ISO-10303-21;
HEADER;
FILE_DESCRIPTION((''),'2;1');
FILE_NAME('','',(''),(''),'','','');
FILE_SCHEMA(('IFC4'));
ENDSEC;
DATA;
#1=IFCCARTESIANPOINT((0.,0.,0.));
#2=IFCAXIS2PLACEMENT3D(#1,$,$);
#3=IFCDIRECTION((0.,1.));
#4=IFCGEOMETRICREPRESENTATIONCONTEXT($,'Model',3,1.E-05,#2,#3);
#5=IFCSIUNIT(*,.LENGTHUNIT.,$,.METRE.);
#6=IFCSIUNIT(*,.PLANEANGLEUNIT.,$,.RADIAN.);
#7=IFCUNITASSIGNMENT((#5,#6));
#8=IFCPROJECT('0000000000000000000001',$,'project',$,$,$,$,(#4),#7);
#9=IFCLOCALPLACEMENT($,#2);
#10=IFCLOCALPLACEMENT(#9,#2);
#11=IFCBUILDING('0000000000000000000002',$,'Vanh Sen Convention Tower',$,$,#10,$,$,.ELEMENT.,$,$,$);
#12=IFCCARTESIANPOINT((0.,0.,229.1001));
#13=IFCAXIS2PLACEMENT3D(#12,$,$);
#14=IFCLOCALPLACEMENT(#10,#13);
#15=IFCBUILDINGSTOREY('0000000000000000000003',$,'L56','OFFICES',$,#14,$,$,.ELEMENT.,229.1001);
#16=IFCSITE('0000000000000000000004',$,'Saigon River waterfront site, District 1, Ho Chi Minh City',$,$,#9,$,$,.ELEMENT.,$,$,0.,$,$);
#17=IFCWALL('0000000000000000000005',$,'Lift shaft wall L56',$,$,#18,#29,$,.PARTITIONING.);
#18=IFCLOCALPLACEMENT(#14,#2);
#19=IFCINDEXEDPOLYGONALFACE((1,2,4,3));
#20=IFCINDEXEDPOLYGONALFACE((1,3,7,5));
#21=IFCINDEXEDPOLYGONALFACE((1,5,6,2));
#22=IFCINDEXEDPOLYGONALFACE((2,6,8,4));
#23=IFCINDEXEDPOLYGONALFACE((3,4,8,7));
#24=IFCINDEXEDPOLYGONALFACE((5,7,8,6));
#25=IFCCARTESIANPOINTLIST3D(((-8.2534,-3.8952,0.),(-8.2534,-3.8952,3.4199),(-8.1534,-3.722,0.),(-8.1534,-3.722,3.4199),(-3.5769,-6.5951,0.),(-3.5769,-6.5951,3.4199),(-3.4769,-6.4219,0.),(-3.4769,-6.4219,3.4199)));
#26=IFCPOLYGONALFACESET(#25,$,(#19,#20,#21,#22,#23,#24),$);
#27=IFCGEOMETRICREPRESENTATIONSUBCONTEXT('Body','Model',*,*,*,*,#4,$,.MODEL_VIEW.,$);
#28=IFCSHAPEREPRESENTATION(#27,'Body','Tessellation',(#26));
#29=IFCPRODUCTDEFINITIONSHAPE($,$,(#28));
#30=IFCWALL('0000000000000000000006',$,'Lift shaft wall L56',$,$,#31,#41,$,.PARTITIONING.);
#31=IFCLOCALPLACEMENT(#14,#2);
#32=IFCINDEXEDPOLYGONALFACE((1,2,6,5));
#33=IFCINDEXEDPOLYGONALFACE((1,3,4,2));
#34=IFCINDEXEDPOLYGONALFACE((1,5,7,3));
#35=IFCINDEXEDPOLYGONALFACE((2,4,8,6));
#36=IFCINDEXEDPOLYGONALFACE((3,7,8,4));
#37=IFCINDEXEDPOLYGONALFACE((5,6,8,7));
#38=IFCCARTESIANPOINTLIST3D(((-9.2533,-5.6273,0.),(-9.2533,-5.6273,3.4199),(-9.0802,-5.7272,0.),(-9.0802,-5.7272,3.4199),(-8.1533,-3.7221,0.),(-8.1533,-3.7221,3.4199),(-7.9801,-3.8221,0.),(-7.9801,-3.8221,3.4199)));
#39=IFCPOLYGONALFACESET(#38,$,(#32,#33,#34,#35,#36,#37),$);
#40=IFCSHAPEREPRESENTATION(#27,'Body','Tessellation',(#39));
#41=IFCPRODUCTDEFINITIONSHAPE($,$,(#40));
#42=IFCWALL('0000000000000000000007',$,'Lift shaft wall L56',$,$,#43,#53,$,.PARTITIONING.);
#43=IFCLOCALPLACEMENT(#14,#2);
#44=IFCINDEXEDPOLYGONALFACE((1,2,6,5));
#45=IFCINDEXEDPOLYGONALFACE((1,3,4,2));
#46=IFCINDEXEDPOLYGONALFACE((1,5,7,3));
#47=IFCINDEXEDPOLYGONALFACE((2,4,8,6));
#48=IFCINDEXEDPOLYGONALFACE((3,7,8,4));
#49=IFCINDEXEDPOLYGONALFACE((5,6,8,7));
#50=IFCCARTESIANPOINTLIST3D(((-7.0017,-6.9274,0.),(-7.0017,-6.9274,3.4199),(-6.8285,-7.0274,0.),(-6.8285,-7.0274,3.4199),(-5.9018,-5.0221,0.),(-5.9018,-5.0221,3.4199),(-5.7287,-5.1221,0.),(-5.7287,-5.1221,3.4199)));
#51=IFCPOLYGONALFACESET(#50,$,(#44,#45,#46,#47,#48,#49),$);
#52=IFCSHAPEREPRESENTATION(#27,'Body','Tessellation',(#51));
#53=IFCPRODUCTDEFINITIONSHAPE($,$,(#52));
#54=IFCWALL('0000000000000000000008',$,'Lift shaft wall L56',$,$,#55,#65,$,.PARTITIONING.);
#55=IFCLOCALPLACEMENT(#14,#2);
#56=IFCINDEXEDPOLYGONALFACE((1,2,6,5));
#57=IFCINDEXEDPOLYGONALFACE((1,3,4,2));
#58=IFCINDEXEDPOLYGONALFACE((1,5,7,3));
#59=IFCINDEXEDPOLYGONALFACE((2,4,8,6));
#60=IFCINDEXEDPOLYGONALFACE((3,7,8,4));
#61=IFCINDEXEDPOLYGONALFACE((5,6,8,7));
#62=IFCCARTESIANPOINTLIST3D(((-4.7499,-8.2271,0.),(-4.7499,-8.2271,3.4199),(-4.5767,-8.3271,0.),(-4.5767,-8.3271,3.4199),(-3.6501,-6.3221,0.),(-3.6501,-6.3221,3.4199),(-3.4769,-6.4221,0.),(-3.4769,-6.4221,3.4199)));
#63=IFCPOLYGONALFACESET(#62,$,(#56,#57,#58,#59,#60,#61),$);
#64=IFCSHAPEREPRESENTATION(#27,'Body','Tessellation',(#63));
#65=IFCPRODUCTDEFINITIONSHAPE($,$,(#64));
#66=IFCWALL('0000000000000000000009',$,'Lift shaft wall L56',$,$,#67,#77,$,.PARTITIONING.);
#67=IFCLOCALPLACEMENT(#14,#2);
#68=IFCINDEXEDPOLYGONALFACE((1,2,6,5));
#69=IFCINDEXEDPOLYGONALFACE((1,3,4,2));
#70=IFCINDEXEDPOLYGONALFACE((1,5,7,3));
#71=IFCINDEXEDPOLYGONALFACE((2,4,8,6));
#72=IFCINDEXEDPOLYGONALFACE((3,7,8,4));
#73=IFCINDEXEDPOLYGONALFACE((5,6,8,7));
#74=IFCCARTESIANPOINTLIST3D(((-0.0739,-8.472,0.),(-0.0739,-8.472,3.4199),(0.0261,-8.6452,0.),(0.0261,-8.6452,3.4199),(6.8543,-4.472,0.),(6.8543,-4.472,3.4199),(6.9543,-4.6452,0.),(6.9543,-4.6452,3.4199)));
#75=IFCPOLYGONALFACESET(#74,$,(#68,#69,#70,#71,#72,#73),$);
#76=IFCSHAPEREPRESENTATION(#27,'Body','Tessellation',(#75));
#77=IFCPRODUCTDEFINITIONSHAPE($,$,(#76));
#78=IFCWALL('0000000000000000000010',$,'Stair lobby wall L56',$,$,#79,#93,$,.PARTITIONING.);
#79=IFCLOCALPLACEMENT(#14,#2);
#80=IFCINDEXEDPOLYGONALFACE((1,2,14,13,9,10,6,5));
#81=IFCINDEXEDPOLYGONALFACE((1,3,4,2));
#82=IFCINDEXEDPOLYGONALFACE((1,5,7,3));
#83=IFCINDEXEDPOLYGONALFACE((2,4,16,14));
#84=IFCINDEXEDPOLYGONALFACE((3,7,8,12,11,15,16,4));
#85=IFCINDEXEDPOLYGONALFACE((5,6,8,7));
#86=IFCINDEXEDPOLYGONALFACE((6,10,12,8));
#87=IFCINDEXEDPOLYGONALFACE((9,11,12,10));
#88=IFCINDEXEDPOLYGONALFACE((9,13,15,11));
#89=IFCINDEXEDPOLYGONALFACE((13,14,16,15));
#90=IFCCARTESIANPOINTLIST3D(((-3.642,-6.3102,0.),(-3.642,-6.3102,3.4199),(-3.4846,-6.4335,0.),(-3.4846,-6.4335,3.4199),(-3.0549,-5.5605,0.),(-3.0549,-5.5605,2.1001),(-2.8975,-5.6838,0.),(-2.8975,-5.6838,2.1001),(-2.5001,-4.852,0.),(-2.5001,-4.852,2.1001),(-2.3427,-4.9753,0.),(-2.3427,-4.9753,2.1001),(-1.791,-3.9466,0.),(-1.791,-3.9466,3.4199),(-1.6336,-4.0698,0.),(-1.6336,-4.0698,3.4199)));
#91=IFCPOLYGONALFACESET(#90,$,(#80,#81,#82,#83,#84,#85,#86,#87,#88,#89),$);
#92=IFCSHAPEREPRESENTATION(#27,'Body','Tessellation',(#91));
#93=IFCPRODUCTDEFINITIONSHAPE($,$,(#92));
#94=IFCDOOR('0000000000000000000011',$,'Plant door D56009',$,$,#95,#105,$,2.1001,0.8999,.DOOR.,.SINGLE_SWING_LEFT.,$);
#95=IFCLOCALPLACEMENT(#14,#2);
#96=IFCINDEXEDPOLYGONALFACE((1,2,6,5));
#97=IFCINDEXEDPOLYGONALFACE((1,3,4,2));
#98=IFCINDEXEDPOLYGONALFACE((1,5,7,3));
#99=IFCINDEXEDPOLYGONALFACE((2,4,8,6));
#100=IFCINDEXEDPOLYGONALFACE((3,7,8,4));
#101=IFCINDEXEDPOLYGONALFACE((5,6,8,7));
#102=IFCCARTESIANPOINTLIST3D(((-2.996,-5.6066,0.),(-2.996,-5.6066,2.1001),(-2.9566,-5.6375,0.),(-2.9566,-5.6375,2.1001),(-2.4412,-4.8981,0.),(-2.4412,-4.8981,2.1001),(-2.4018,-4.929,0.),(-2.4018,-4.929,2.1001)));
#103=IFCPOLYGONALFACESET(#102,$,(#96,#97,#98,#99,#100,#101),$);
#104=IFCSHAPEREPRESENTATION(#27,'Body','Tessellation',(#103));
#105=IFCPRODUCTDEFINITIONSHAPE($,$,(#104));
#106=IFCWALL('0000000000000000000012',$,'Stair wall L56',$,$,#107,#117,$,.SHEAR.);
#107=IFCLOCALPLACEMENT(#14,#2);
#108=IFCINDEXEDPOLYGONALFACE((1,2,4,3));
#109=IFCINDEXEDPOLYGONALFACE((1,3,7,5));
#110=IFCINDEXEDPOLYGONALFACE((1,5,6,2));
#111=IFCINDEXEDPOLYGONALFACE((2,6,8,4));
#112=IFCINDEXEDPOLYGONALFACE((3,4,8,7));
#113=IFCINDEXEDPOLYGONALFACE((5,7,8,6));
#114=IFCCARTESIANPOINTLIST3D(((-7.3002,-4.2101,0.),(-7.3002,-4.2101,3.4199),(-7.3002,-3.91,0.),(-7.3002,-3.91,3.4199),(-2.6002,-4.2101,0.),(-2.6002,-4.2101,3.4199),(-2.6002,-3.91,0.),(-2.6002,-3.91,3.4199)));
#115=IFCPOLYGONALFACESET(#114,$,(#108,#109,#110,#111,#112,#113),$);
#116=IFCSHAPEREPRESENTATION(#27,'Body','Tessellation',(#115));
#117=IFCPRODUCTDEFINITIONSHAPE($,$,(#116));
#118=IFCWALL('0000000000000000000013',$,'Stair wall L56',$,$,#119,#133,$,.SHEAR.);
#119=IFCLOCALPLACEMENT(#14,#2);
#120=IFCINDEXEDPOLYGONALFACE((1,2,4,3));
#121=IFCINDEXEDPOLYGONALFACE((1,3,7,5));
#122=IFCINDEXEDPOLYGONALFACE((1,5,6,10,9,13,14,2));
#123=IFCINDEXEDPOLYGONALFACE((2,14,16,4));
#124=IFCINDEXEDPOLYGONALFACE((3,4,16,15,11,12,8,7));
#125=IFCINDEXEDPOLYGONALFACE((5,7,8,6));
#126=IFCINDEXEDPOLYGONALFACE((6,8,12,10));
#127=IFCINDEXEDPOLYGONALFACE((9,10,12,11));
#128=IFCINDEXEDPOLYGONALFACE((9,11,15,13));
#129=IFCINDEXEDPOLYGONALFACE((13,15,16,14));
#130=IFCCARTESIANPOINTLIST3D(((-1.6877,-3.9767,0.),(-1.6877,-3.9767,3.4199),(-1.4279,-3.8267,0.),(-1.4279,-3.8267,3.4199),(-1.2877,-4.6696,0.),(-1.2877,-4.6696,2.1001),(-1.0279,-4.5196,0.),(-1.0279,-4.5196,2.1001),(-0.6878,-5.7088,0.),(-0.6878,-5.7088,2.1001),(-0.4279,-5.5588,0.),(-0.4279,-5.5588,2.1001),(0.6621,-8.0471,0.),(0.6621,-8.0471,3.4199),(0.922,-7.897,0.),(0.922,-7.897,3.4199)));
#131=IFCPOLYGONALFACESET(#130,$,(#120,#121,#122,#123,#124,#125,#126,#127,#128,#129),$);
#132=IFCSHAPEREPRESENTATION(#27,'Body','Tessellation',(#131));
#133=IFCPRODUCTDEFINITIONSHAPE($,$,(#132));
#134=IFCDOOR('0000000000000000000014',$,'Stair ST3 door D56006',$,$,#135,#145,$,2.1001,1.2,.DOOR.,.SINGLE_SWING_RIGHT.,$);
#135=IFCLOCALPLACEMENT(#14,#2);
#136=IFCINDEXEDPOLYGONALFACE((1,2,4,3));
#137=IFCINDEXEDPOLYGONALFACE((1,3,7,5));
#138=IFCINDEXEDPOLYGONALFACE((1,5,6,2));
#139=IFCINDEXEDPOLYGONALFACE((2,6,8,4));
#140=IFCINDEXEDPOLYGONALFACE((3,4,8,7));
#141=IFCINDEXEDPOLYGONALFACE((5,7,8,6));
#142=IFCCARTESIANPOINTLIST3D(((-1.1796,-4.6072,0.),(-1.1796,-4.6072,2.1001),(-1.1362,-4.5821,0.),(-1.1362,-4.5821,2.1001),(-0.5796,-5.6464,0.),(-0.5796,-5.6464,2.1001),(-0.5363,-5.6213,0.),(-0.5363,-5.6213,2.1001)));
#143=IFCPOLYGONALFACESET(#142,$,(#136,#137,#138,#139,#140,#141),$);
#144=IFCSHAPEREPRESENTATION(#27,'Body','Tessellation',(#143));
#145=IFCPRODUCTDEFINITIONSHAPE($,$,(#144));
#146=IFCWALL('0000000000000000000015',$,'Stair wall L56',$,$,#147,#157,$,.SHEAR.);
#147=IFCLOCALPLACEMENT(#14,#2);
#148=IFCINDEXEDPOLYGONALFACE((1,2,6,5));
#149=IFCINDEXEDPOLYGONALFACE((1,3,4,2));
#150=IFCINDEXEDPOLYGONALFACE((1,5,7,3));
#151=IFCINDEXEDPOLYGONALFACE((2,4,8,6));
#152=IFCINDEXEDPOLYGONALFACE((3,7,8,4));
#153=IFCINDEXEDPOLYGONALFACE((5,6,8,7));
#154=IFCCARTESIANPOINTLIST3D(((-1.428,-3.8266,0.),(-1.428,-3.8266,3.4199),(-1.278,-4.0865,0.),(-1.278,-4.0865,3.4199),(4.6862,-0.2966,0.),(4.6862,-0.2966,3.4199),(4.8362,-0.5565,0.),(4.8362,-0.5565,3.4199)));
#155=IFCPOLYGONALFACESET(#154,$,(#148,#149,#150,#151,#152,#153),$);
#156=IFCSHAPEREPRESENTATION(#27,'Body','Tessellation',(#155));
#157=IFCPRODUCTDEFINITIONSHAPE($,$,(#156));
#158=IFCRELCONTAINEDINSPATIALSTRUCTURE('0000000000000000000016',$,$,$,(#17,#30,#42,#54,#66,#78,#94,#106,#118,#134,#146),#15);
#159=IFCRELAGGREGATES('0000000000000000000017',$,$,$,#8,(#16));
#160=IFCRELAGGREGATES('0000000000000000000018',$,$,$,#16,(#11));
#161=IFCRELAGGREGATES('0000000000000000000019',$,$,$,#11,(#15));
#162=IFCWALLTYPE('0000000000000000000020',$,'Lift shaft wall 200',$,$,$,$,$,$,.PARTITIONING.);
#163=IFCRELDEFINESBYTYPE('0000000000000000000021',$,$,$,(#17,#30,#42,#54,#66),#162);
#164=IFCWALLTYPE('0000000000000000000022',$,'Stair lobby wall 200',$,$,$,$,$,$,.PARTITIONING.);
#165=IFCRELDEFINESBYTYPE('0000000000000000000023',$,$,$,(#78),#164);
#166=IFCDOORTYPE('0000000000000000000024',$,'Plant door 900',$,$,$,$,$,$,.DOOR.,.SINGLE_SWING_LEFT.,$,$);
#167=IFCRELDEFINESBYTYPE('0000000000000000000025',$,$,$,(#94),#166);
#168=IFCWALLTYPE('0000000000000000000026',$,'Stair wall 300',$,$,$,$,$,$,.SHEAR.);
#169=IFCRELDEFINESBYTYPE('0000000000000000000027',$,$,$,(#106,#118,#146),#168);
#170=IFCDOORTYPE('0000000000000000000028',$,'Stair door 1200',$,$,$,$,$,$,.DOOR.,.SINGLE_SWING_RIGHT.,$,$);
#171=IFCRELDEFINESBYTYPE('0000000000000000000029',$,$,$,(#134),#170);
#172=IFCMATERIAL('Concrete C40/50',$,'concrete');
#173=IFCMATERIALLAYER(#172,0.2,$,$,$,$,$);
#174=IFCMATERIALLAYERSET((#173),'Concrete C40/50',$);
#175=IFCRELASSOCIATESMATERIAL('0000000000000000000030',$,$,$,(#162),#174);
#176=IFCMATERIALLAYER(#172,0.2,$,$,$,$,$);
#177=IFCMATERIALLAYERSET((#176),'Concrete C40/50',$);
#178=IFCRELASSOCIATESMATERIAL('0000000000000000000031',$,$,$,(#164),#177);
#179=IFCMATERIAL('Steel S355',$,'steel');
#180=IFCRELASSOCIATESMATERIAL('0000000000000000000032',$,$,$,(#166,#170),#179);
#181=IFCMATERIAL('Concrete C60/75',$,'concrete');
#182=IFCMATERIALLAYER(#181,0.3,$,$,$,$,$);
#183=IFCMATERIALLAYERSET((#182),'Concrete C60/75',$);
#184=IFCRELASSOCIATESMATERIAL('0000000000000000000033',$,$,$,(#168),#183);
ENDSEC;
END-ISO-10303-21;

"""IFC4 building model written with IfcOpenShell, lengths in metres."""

from ifc_helpers import new_model, si_unit, direction, frame, frame_2d, origin, place, context, subcontext, project, spatial, rectangle, extrude, material, layer, layer_set, type_object, element, fill, save


model = new_model("IFC4")

# Units and contexts
model_context = context("Model", 3, precision=1e-05, world=origin(), true_north=direction((0.0, 1.0)))
body_context = subcontext(model_context, "Body", "Model", "MODEL_VIEW")
ifc_project = project(units=[si_unit("LENGTHUNIT", "METRE"), si_unit("PLANEANGLEUNIT", "RADIAN")], contexts=[model_context])

# Site, building, storey
site_placement = place(None, origin())
site = spatial("IfcSite", under=ifc_project, at=site_placement, Name="Saigon River waterfront site, District 1, Ho Chi Minh City", CompositionType="ELEMENT", RefElevation=0.0)
building_placement = place(site_placement, origin())
building = spatial("IfcBuilding", under=site, at=building_placement, Name="Vanh Sen Convention Tower", CompositionType="ELEMENT")
storey_placement = place(building_placement, frame((0.0, 0.0, 229.1001)))
storey = spatial("IfcBuildingStorey", under=building, at=storey_placement, Name="L56", Description="OFFICES", CompositionType="ELEMENT", Elevation=229.1001)

# Shared definitions
ifc_material_1 = material(Name="Concrete C40/50", Category="concrete")

# Shared definitions
ifc_material_2 = material(Name="Concrete C60/75", Category="concrete")
ifc_material_3 = material(Name="Steel S355", Category="steel")

# Walls
ifc_layer_1 = layer(ifc_material_1, 0.2)
ifc_layer_set_1 = layer_set([ifc_layer_1], Name="Concrete C40/50")
wall_type_1 = type_object("IfcWallType", Name="Lift shaft wall 200", PredefinedType="PARTITIONING", material=ifc_layer_set_1)
wall_1_placement = place(storey_placement, frame((-8.2034, -3.8086, 0.0), z_axis=(0.0, 0.0, 1.0), x_axis=(0.866028, -0.499995, 0.0)))
element("IfcWall", 1, at=wall_1_placement, inside=storey, type_object=wall_type_1, Name="Lift shaft wall L56", PredefinedType="PARTITIONING", context=body_context, shape_type="SweptSolid", body=[
    extrude(rectangle(XDim=5.3999, YDim=0.2, at=frame_2d((2.7, 0.0))), origin(), (0.0, 0.0, 1.0), 3.4199),
])
for number, where, z_axis, x_axis, name in (
    (2, (-8.0667, -3.772, 0.0), (0.0, 0.0, 1.0), (-0.50003, -0.866008, 0.0), "Lift shaft wall L56"),
    (3, (-5.8152, -5.072, 0.0), (0.0, 0.0, 1.0), (-0.499947, -0.866056, 0.0), "Lift shaft wall L56"),
):
    element("IfcWall", number, at=place(storey_placement, frame(where, z_axis=z_axis, x_axis=x_axis)), inside=storey, type_object=wall_type_1, Name=name, PredefinedType="PARTITIONING", context=body_context, shape_type="SweptSolid", body=[
        extrude(rectangle(XDim=2.2, YDim=0.2, at=frame_2d((1.1001, 0.0))), origin(), (0.0, 0.0, 1.0), 3.4199),
    ])
wall_2_placement = place(storey_placement, frame((-3.5635, -6.3721, 0.0), z_axis=(0.0, 0.0, 1.0), x_axis=(-0.499995, -0.866028, 0.0)))
element("IfcWall", 4, at=wall_2_placement, inside=storey, type_object=wall_type_1, Name="Lift shaft wall L56", PredefinedType="PARTITIONING", context=body_context, shape_type="SweptSolid", body=[
    extrude(rectangle(XDim=2.1997, YDim=0.2, at=frame_2d((1.0999, 0.0))), origin(), (0.0, 0.0, 1.0), 3.4199),
])
wall_3_placement = place(storey_placement, frame((-0.0239, -8.5586, 0.0), z_axis=(0.0, 0.0, 1.0), x_axis=(0.866026, 0.499999, 0.0)))
element("IfcWall", 5, at=wall_3_placement, inside=storey, type_object=wall_type_1, Name="Lift shaft wall L56", PredefinedType="PARTITIONING", context=body_context, shape_type="SweptSolid", body=[
    extrude(rectangle(XDim=8.0, YDim=0.2, at=frame_2d((4.0, 0.0))), origin(), (0.0, 0.0, 1.0), 3.4199),
])

# Wall, opening, door
ifc_layer_2 = layer(ifc_material_1, 0.2)
ifc_layer_set_2 = layer_set([ifc_layer_2], Name="Concrete C40/50")
wall_type_2 = type_object("IfcWallType", Name="Stair lobby wall 200", PredefinedType="PARTITIONING", material=ifc_layer_set_2)
wall_4_placement = place(storey_placement, frame((-1.7124, -4.0083, 0.0), z_axis=(0.0, 0.0, 1.0), x_axis=(-0.616549, -0.787316, 0.0)))
wall_4 = element("IfcWall", 6, at=wall_4_placement, inside=storey, type_object=wall_type_2, Name="Stair lobby wall L56", PredefinedType="PARTITIONING", context=body_context, shape_type="SweptSolid", body=[
    extrude(rectangle(XDim=3.0022, YDim=0.2, at=frame_2d((1.501, 0.0))), origin(), (0.0, 0.0, 1.0), 3.4199),
])
opening_1_placement = place(wall_4_placement, frame((1.1499, 0.0, 0.0)))
opening_1 = element("IfcOpeningElement", 7, at=opening_1_placement, cuts=wall_4, PredefinedType="OPENING", context=body_context, shape_type="SweptSolid", body=[
    extrude(rectangle(XDim=0.8999, YDim=2.1001, at=frame_2d((0.45, 1.05))), frame((0.0, 0.1099, 0.0), z_axis=(0.0, -1.0, 0.0), x_axis=(1.0, 0.0, 0.0)), (0.0, 0.0, 1.0), 0.22),
])
door_type_1 = type_object("IfcDoorType", Name="Plant door 900", OperationType="SINGLE_SWING_LEFT", PredefinedType="DOOR", material=ifc_material_3)
door_1_placement = place(opening_1_placement, origin())
door_1 = element("IfcDoor", 8, at=door_1_placement, inside=storey, type_object=door_type_1, Name="Plant door D56009", OperationType="SINGLE_SWING_LEFT", OverallHeight=2.1001, OverallWidth=0.8999, PredefinedType="DOOR", context=body_context, shape_type="SweptSolid", body=[
    extrude(rectangle(XDim=0.8999, YDim=2.1001, at=frame_2d((0.45, 1.05))), frame((0.0, 0.0249, 0.0), z_axis=(0.0, -1.0, 0.0), x_axis=(1.0, 0.0, 0.0)), (0.0, 0.0, 1.0), 0.05),
])
fill(opening_1, door_1)

# Wall
ifc_layer_3 = layer(ifc_material_2, 0.3)
ifc_layer_set_3 = layer_set([ifc_layer_3], Name="Concrete C60/75")
wall_type_3 = type_object("IfcWallType", Name="Stair wall 300", PredefinedType="SHEAR", material=ifc_layer_set_3)
wall_5_placement = place(storey_placement, frame((-2.6001, -4.0601, 0.0), z_axis=(0.0, 0.0, 1.0), x_axis=(-1.0, 0.0, 0.0)))
element("IfcWall", 9, at=wall_5_placement, inside=storey, type_object=wall_type_3, Name="Stair wall L56", PredefinedType="SHEAR", context=body_context, shape_type="SweptSolid", body=[
    extrude(rectangle(XDim=4.7, YDim=0.3, at=frame_2d((2.3501, 0.0))), origin(), (0.0, 0.0, 1.0), 3.4199),
])

# Wall, opening, door
wall_6_placement = place(storey_placement, frame((-1.5579, -3.9016, 0.0), z_axis=(0.0, 0.0, 1.0), x_axis=(0.499977, -0.866039, 0.0)))
wall_6 = element("IfcWall", 10, at=wall_6_placement, inside=storey, type_object=wall_type_3, Name="Stair wall L56", PredefinedType="SHEAR", context=body_context, shape_type="SweptSolid", body=[
    extrude(rectangle(XDim=4.7, YDim=0.3, at=frame_2d((2.3501, 0.0))), origin(), (0.0, 0.0, 1.0), 3.4199),
])
opening_2_placement = place(wall_6_placement, frame((0.8, 0.0, 0.0)))
opening_2 = element("IfcOpeningElement", 11, at=opening_2_placement, cuts=wall_6, PredefinedType="OPENING", context=body_context, shape_type="SweptSolid", body=[
    extrude(rectangle(XDim=1.2, YDim=2.1001, at=frame_2d((0.6001, 1.05))), frame((0.0, 0.1599, 0.0), z_axis=(0.0, -1.0, 0.0), x_axis=(1.0, 0.0, 0.0)), (0.0, 0.0, 1.0), 0.3201),
])
door_type_2 = type_object("IfcDoorType", Name="Stair door 1200", OperationType="SINGLE_SWING_RIGHT", PredefinedType="DOOR", material=ifc_material_3)
door_2_placement = place(opening_2_placement, origin())
door_2 = element("IfcDoor", 12, at=door_2_placement, inside=storey, type_object=door_type_2, Name="Stair ST3 door D56006", OperationType="SINGLE_SWING_RIGHT", OverallHeight=2.1001, OverallWidth=1.2, PredefinedType="DOOR", context=body_context, shape_type="SweptSolid", body=[
    extrude(rectangle(XDim=1.2, YDim=2.1001, at=frame_2d((0.6001, 1.05))), frame((0.0, 0.0249, 0.0), z_axis=(0.0, -1.0, 0.0), x_axis=(1.0, 0.0, 0.0)), (0.0, 0.0, 1.0), 0.05),
])
fill(opening_2, door_2)

# Wall
wall_7_placement = place(storey_placement, frame((-1.353, -3.9565, 0.0), z_axis=(0.0, 0.0, 1.0), x_axis=(0.866028, 0.499996, 0.0)))
element("IfcWall", 13, at=wall_7_placement, inside=storey, type_object=wall_type_3, Name="Stair wall L56", PredefinedType="SHEAR", context=body_context, shape_type="SweptSolid", body=[
    extrude(rectangle(XDim=7.0601, YDim=0.3, at=frame_2d((3.53, 0.0))), origin(), (0.0, 0.0, 1.0), 3.4199),
])

save(model, "model.ifc")
